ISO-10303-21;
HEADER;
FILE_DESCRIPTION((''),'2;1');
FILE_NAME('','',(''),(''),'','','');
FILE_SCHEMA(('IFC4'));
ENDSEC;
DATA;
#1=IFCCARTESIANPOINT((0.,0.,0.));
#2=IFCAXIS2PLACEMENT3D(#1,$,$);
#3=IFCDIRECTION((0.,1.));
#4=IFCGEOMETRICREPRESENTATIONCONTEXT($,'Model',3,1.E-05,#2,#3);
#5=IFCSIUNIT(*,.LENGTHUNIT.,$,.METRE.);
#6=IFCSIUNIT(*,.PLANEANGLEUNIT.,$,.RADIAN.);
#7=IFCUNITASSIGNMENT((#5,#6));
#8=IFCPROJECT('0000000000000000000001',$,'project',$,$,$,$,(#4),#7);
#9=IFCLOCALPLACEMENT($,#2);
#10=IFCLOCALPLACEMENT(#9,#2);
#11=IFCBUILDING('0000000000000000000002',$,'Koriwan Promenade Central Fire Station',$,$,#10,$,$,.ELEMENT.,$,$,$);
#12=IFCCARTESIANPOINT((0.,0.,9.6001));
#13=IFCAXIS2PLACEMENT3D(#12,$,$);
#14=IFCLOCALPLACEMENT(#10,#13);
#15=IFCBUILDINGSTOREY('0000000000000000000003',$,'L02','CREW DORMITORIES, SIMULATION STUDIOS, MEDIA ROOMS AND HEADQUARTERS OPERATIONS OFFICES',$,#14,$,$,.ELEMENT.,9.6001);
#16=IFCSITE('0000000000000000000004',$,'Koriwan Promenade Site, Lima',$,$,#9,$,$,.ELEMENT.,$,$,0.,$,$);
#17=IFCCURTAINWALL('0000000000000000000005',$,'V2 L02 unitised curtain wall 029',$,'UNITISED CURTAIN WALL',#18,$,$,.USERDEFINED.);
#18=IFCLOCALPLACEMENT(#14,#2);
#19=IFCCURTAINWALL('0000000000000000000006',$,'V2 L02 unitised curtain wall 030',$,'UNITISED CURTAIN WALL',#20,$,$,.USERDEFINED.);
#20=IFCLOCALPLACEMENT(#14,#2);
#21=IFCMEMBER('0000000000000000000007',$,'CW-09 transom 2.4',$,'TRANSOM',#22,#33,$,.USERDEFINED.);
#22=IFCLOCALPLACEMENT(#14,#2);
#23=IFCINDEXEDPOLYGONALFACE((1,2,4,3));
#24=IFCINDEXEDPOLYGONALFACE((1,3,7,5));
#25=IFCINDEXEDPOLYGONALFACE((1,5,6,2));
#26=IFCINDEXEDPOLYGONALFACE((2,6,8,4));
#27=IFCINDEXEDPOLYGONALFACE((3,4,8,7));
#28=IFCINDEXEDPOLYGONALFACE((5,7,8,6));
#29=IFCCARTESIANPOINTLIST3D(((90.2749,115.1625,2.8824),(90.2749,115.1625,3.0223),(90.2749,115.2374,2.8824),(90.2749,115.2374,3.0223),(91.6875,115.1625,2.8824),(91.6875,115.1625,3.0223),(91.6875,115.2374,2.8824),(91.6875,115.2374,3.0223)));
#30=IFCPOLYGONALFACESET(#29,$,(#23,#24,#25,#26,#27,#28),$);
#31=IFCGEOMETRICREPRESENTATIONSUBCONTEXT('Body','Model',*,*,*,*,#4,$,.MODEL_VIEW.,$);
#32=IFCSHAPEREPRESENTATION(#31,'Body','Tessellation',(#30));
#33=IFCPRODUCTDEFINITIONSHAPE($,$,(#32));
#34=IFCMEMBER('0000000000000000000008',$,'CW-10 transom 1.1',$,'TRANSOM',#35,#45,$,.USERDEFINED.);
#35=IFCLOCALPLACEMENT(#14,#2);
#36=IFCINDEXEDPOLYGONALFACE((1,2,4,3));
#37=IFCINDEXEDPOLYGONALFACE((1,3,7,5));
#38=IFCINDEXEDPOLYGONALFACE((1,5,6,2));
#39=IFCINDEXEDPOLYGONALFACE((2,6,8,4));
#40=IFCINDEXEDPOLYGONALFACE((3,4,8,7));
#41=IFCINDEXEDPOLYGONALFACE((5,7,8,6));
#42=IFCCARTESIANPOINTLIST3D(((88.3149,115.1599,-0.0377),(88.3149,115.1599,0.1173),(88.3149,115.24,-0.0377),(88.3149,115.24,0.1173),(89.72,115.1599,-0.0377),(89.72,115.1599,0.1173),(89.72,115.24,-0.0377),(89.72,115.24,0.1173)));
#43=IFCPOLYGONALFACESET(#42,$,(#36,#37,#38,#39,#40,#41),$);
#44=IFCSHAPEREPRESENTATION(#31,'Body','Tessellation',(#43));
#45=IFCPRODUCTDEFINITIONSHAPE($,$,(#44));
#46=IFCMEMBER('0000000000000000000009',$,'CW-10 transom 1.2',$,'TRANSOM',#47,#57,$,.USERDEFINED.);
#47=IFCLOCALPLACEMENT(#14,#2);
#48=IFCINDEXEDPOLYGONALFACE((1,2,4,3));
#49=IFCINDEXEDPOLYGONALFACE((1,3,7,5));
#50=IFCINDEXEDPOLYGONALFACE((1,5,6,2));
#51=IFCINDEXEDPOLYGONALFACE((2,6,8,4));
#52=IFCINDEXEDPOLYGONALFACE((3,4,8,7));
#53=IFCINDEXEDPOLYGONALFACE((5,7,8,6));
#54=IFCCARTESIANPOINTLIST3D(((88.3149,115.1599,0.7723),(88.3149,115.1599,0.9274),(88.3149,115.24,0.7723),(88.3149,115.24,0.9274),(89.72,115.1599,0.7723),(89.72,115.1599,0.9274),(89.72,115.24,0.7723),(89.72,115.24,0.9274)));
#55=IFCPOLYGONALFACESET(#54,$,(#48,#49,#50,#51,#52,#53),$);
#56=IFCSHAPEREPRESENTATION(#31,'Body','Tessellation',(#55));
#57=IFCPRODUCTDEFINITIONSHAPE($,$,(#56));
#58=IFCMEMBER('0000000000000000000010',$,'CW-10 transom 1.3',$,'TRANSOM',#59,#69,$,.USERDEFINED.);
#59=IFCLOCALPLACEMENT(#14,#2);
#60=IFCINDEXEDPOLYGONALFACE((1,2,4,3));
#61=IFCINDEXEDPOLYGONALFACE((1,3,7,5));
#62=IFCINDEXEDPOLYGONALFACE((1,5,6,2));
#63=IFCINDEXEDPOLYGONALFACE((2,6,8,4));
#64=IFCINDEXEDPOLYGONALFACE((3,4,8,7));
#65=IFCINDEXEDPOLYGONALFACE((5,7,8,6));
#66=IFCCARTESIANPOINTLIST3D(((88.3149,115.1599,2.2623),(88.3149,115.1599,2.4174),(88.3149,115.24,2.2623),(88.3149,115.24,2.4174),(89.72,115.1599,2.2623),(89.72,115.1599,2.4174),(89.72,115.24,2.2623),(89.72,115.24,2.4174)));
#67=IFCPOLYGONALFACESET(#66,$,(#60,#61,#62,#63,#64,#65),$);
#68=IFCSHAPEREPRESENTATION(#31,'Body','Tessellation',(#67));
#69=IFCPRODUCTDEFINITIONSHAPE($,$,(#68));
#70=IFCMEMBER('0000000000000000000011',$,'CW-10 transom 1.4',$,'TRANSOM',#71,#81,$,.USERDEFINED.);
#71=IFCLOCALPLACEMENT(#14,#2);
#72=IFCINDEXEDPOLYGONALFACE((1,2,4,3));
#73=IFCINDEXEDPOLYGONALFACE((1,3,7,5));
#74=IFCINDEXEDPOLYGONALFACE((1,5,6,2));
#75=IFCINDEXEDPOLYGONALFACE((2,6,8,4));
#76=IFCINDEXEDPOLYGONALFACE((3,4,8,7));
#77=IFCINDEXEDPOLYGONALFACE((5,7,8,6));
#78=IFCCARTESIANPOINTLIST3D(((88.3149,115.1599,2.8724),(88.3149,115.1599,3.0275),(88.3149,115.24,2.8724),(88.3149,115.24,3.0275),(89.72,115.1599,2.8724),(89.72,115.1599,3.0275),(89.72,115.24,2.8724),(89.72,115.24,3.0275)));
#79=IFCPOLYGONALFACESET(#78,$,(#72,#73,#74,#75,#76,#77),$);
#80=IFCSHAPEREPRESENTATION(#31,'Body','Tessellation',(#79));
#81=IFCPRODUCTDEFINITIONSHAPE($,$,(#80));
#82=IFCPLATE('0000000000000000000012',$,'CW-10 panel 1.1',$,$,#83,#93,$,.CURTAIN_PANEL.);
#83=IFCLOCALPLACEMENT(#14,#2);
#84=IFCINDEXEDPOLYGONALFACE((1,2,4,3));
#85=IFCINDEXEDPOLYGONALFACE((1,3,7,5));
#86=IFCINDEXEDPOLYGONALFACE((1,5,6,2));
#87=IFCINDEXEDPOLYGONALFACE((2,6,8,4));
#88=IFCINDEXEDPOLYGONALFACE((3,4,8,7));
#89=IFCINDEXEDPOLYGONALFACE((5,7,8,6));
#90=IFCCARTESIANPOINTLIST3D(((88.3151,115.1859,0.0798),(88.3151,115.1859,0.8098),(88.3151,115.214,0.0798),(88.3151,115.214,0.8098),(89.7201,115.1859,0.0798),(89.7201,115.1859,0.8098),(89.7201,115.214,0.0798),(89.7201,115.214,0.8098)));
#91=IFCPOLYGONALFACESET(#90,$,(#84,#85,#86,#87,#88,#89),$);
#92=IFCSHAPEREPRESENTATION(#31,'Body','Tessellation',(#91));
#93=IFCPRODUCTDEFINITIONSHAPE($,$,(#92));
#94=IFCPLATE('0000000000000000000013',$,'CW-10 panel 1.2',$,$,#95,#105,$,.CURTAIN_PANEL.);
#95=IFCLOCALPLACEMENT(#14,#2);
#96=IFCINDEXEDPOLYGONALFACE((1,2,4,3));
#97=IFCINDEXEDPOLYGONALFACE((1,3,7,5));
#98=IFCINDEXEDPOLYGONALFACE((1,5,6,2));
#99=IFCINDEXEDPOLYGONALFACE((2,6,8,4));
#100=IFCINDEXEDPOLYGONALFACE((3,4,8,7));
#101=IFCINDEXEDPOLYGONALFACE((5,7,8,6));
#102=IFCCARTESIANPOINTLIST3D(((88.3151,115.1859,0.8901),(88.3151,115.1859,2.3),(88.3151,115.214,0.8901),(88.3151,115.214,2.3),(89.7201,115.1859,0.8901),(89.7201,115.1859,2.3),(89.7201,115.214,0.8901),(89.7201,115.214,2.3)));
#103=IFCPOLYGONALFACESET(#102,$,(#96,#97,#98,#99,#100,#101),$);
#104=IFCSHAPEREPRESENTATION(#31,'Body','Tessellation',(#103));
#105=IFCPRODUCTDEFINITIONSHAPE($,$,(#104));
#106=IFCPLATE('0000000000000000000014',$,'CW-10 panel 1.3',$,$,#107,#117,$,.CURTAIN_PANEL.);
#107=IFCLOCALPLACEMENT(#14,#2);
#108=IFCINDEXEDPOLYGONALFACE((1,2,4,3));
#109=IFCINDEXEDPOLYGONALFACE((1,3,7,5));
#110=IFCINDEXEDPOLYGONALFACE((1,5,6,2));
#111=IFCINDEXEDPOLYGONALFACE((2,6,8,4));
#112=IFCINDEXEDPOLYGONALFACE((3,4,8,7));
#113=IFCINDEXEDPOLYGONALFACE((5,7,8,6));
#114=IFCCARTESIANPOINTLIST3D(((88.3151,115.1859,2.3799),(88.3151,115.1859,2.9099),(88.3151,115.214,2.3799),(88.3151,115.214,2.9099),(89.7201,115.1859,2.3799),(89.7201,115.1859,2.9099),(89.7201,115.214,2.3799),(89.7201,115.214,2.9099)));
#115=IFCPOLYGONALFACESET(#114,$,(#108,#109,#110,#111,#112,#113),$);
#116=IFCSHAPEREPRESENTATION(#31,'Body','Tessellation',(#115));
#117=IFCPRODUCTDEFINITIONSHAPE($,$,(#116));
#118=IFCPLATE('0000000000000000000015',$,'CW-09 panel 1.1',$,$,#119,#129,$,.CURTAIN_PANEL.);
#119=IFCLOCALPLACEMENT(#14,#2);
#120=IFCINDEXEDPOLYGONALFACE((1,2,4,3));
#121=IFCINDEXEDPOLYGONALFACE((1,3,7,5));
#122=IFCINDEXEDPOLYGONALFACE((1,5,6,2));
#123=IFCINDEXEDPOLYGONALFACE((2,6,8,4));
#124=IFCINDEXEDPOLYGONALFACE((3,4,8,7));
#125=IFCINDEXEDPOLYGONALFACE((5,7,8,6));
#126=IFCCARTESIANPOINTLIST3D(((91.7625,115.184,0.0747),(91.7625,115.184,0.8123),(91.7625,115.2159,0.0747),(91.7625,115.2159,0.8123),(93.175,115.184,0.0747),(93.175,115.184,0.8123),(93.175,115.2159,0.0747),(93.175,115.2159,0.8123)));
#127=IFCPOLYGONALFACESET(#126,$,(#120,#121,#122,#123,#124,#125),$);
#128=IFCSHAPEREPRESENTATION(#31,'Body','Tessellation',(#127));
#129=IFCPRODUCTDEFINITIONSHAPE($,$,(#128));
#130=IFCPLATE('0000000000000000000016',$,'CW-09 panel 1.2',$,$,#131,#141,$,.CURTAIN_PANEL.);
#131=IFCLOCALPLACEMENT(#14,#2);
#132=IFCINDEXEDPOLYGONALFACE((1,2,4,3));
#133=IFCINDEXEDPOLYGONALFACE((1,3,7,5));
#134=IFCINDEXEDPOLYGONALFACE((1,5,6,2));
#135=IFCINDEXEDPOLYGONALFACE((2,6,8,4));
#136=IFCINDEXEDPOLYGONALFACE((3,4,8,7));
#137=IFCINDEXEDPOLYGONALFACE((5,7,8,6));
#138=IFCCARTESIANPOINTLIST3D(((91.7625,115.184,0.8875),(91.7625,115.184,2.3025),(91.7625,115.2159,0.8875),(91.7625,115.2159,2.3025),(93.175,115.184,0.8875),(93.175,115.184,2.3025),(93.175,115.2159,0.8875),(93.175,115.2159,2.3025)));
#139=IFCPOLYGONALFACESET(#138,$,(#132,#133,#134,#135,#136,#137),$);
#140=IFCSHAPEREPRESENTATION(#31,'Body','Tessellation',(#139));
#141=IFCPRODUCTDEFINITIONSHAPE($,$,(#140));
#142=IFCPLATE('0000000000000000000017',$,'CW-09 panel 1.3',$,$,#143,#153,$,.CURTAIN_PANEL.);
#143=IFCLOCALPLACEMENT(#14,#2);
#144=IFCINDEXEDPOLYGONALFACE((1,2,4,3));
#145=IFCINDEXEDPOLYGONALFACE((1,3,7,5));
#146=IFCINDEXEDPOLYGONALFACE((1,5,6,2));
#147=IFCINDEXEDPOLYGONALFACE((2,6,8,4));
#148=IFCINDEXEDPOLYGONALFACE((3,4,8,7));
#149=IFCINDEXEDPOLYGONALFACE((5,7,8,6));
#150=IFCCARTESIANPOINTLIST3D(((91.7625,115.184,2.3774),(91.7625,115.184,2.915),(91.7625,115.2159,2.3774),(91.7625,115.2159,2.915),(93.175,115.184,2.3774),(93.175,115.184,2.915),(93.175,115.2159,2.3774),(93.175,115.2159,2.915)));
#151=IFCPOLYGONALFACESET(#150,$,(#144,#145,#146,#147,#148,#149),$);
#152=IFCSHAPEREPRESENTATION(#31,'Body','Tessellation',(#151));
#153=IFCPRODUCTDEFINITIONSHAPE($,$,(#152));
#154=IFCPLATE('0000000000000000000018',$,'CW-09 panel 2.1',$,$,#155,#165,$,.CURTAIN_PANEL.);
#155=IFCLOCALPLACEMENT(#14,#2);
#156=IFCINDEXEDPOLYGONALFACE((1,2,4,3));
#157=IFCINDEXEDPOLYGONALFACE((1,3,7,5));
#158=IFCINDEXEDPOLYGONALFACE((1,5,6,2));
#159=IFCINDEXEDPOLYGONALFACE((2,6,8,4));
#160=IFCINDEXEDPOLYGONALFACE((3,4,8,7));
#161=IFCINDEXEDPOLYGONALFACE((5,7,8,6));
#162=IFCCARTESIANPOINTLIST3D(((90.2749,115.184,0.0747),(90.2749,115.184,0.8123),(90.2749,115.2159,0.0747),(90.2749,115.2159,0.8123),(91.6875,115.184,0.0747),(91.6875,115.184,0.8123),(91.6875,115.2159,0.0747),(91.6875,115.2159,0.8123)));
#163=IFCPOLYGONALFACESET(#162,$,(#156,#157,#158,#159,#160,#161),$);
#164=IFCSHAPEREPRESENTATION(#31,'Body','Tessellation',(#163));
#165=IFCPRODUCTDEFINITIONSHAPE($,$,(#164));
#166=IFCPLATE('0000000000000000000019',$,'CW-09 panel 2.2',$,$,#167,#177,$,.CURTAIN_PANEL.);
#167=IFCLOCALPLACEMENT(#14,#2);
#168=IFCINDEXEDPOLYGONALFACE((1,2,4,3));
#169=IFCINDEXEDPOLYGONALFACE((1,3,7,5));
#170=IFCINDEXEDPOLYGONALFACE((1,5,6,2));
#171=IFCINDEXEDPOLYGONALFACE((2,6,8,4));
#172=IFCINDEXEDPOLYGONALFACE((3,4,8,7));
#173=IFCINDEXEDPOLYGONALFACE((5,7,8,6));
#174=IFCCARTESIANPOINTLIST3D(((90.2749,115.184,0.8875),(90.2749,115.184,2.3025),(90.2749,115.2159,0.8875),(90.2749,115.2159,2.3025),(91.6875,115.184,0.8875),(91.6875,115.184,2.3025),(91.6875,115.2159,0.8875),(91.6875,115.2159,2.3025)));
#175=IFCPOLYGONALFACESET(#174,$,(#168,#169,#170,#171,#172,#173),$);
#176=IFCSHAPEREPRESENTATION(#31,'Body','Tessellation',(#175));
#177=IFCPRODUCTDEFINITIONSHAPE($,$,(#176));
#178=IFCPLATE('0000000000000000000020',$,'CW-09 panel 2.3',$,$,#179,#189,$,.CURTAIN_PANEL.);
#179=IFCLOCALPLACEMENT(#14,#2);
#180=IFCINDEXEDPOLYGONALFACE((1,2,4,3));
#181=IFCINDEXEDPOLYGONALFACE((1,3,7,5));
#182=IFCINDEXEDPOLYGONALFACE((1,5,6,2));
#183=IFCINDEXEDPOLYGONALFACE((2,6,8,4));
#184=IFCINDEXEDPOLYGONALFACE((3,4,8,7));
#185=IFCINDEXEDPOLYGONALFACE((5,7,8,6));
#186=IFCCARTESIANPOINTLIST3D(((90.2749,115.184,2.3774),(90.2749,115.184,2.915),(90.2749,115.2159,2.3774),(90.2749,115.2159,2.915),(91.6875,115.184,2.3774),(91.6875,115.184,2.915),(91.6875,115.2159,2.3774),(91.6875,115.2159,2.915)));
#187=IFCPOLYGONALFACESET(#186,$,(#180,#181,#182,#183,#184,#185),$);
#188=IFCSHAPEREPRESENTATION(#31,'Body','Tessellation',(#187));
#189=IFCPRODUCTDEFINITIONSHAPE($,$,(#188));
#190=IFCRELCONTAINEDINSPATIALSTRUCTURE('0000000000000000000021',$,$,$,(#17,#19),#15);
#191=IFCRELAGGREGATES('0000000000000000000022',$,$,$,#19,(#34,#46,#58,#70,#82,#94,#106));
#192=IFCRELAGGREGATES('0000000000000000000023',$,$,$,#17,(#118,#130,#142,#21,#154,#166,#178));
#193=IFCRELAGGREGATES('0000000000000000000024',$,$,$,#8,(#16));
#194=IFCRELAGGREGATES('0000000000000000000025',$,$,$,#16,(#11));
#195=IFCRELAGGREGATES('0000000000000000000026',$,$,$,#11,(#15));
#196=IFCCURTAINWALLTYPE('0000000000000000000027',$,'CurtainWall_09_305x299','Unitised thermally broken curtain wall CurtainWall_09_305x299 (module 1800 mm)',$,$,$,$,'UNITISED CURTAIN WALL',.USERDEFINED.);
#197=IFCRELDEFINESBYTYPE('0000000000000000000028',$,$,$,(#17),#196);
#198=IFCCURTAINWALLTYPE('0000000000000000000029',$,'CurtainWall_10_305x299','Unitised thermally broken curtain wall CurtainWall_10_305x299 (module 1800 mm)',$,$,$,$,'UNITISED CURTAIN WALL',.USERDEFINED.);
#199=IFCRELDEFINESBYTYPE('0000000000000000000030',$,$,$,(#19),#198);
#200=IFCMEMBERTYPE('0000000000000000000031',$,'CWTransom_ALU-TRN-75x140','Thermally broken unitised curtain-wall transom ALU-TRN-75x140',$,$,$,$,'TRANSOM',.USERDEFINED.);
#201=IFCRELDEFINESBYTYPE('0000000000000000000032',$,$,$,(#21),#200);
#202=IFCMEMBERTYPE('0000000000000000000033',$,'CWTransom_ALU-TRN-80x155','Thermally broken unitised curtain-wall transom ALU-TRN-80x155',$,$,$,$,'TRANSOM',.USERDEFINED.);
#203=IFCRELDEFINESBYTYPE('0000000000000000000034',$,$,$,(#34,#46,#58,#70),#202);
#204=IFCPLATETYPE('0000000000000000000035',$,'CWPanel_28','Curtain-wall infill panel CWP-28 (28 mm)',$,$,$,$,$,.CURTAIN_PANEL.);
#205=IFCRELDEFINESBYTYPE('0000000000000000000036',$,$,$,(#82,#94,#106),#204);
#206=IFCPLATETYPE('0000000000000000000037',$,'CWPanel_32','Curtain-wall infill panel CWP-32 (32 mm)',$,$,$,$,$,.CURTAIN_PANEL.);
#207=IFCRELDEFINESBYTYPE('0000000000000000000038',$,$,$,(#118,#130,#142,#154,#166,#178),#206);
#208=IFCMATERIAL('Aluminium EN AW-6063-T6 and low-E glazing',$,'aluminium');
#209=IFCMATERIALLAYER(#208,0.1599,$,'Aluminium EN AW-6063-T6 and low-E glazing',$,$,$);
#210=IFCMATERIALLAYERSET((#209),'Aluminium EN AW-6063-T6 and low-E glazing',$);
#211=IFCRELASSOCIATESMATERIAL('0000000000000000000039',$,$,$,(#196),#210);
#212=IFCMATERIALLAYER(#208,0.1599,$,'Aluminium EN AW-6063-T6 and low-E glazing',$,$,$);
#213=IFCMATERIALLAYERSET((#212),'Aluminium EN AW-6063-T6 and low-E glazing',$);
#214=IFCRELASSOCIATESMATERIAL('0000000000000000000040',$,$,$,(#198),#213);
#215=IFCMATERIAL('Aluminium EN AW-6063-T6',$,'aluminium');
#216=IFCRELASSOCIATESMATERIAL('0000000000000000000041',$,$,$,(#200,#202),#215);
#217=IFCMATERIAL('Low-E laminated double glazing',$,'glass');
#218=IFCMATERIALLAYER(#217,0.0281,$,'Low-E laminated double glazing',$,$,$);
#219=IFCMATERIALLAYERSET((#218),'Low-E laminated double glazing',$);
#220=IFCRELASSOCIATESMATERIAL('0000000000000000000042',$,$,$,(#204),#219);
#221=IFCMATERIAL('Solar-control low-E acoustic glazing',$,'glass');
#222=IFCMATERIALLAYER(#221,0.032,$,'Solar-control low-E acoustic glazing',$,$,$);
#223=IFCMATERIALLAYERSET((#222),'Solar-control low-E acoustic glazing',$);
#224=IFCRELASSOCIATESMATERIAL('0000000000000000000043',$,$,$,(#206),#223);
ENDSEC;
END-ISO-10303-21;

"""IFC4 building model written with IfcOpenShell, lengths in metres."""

from ifc_helpers import new_model, si_unit, direction, frame, origin, origin_2d, place, context, subcontext, project, spatial, rectangle, extrude, material, layer, layer_set, material_profile, profile_set, type_object, element, aggregate, save


model = new_model("IFC4")

# Units and contexts
model_context = context("Model", 3, precision=1e-05, world=origin(), true_north=direction((0.0, 1.0)))
body_context = subcontext(model_context, "Body", "Model", "MODEL_VIEW")
ifc_project = project(units=[si_unit("LENGTHUNIT", "METRE"), si_unit("PLANEANGLEUNIT", "RADIAN")], contexts=[model_context])

# Site, building, storey
site_placement = place(None, origin())
site = spatial("IfcSite", under=ifc_project, at=site_placement, Name="Koriwan Promenade Site, Lima", CompositionType="ELEMENT", RefElevation=0.0)
building_placement = place(site_placement, origin())
building = spatial("IfcBuilding", under=site, at=building_placement, Name="Koriwan Promenade Central Fire Station", CompositionType="ELEMENT")
storey_placement = place(building_placement, frame((0.0, 0.0, 9.6001)))
storey = spatial("IfcBuildingStorey", under=building, at=storey_placement, Name="L02", Description="CREW DORMITORIES, SIMULATION STUDIOS, MEDIA ROOMS AND HEADQUARTERS OPERATIONS OFFICES", CompositionType="ELEMENT", Elevation=9.6001)

# Curtain walls
ifc_material_1 = material(Name="Aluminium EN AW-6063-T6 and low-E glazing", Category="aluminium")
ifc_layer_1 = layer(ifc_material_1, 0.1599, Name="Aluminium EN AW-6063-T6 and low-E glazing")
ifc_layer_set_1 = layer_set([ifc_layer_1], Name="Aluminium EN AW-6063-T6 and low-E glazing")
curtain_wall_type_1 = type_object("IfcCurtainWallType", Name="CurtainWall_09_305x299", Description="Unitised thermally broken curtain wall CurtainWall_09_305x299 (module 1800 mm)", ElementType="UNITISED CURTAIN WALL", PredefinedType="USERDEFINED", material=ifc_layer_set_1)
curtain_wall_1_placement = place(storey_placement, origin())
curtain_wall_1 = element("IfcCurtainWall", 1, at=curtain_wall_1_placement, inside=storey, type_object=curtain_wall_type_1, Name="V2 L02 unitised curtain wall 029", ObjectType="UNITISED CURTAIN WALL", PredefinedType="USERDEFINED")
ifc_material_2 = material(Name="Aluminium EN AW-6063-T6", Category="aluminium")
ifc_layer_2 = layer(ifc_material_1, 0.1599, Name="Aluminium EN AW-6063-T6 and low-E glazing")
ifc_layer_set_2 = layer_set([ifc_layer_2], Name="Aluminium EN AW-6063-T6 and low-E glazing")
curtain_wall_type_2 = type_object("IfcCurtainWallType", Name="CurtainWall_10_305x299", Description="Unitised thermally broken curtain wall CurtainWall_10_305x299 (module 1800 mm)", ElementType="UNITISED CURTAIN WALL", PredefinedType="USERDEFINED", material=ifc_layer_set_2)
curtain_wall_2_placement = place(storey_placement, origin())
curtain_wall_2 = element("IfcCurtainWall", 2, at=curtain_wall_2_placement, inside=storey, type_object=curtain_wall_type_2, Name="V2 L02 unitised curtain wall 030", ObjectType="UNITISED CURTAIN WALL", PredefinedType="USERDEFINED")

# Members
ifc_material_profile_1 = material_profile(ifc_material_2, rectangle(XDim=0.075, YDim=0.1399, at=origin_2d()), Name="ALU-TRN-75x140")
ifc_profile_set_1 = profile_set([ifc_material_profile_1], Name="Aluminium EN AW-6063-T6")
member_type_1 = type_object("IfcMemberType", Name="CWTransom_ALU-TRN-75x140", Description="Thermally broken unitised curtain-wall transom ALU-TRN-75x140", ElementType="TRANSOM", PredefinedType="USERDEFINED", material=ifc_profile_set_1)
member_1_placement = place(storey_placement, frame((91.6875, 115.2, 2.9524), z_axis=(-1.0, 0.0, 0.0), x_axis=(0.0, -1.0, 0.0)))
member_1 = element("IfcMember", 3, at=member_1_placement, type_object=member_type_1, Name="CW-09 transom 2.4", ObjectType="TRANSOM", PredefinedType="USERDEFINED", context=body_context, shape_type="SweptSolid", body=[
    extrude(rectangle(XDim=0.075, YDim=0.1399, at=origin_2d()), origin(), (0.0, 0.0, 1.0), 1.4126),
])
ifc_material_profile_2 = material_profile(ifc_material_2, rectangle(XDim=0.0801, YDim=0.155, at=origin_2d()), Name="ALU-TRN-80x155")
ifc_profile_set_2 = profile_set([ifc_material_profile_2], Name="Aluminium EN AW-6063-T6")
member_type_2 = type_object("IfcMemberType", Name="CWTransom_ALU-TRN-80x155", Description="Thermally broken unitised curtain-wall transom ALU-TRN-80x155", ElementType="TRANSOM", PredefinedType="USERDEFINED", material=ifc_profile_set_2)
member_2_placement = place(storey_placement, frame((89.72, 115.2, 0.0398), z_axis=(-1.0, 0.0, 0.0), x_axis=(0.0, -1.0, 0.0)))
member_2 = element("IfcMember", 4, at=member_2_placement, type_object=member_type_2, Name="CW-10 transom 1.1", ObjectType="TRANSOM", PredefinedType="USERDEFINED", context=body_context, shape_type="SweptSolid", body=[
    extrude(rectangle(XDim=0.0801, YDim=0.155, at=origin_2d()), origin(), (0.0, 0.0, 1.0), 1.405),
])
member_3_placement = place(storey_placement, frame((89.72, 115.2, 0.8499), z_axis=(-1.0, 0.0, 0.0), x_axis=(0.0, -1.0, 0.0)))
member_3 = element("IfcMember", 5, at=member_3_placement, type_object=member_type_2, Name="CW-10 transom 1.2", ObjectType="TRANSOM", PredefinedType="USERDEFINED", context=body_context, shape_type="SweptSolid", body=[
    extrude(rectangle(XDim=0.0801, YDim=0.155, at=origin_2d()), origin(), (0.0, 0.0, 1.0), 1.405),
])
member_4_placement = place(storey_placement, frame((89.72, 115.2, 2.3398), z_axis=(-1.0, 0.0, 0.0), x_axis=(0.0, -1.0, 0.0)))
member_4 = element("IfcMember", 6, at=member_4_placement, type_object=member_type_2, Name="CW-10 transom 1.3", ObjectType="TRANSOM", PredefinedType="USERDEFINED", context=body_context, shape_type="SweptSolid", body=[
    extrude(rectangle(XDim=0.0801, YDim=0.155, at=origin_2d()), origin(), (0.0, 0.0, 1.0), 1.405),
])
member_5_placement = place(storey_placement, frame((89.72, 115.2, 2.95), z_axis=(-1.0, 0.0, 0.0), x_axis=(0.0, -1.0, 0.0)))
member_5 = element("IfcMember", 7, at=member_5_placement, type_object=member_type_2, Name="CW-10 transom 1.4", ObjectType="TRANSOM", PredefinedType="USERDEFINED", context=body_context, shape_type="SweptSolid", body=[
    extrude(rectangle(XDim=0.0801, YDim=0.155, at=origin_2d()), origin(), (0.0, 0.0, 1.0), 1.405),
])

# Plates
ifc_material_3 = material(Name="Low-E laminated double glazing", Category="glass")
ifc_layer_3 = layer(ifc_material_3, 0.0281, Name="Low-E laminated double glazing")
ifc_layer_set_3 = layer_set([ifc_layer_3], Name="Low-E laminated double glazing")
plate_type_1 = type_object("IfcPlateType", Name="CWPanel_28", Description="Curtain-wall infill panel CWP-28 (28 mm)", PredefinedType="CURTAIN_PANEL", material=ifc_layer_set_3)
plate_1_placement = place(storey_placement, frame((89.0176, 115.2, 0.0798), z_axis=(0.0, 0.0, 1.0), x_axis=(-1.0, 0.0, 0.0)))
plate_1 = element("IfcPlate", 8, at=plate_1_placement, type_object=plate_type_1, Name="CW-10 panel 1.1", PredefinedType="CURTAIN_PANEL", context=body_context, shape_type="SweptSolid", body=[
    extrude(rectangle(XDim=1.405, YDim=0.0281, at=origin_2d()), origin(), (0.0, 0.0, 1.0), 0.73),
])
plate_2_placement = place(storey_placement, frame((89.0176, 115.2, 0.8901), z_axis=(0.0, 0.0, 1.0), x_axis=(-1.0, 0.0, 0.0)))
plate_2 = element("IfcPlate", 9, at=plate_2_placement, type_object=plate_type_1, Name="CW-10 panel 1.2", PredefinedType="CURTAIN_PANEL", context=body_context, shape_type="SweptSolid", body=[
    extrude(rectangle(XDim=1.405, YDim=0.0281, at=origin_2d()), origin(), (0.0, 0.0, 1.0), 1.4099),
])
plate_3_placement = place(storey_placement, frame((89.0176, 115.2, 2.3799), z_axis=(0.0, 0.0, 1.0), x_axis=(-1.0, 0.0, 0.0)))
plate_3 = element("IfcPlate", 10, at=plate_3_placement, type_object=plate_type_1, Name="CW-10 panel 1.3", PredefinedType="CURTAIN_PANEL", context=body_context, shape_type="SweptSolid", body=[
    extrude(rectangle(XDim=1.405, YDim=0.0281, at=origin_2d()), origin(), (0.0, 0.0, 1.0), 0.53),
])
aggregate(curtain_wall_2, [member_2, member_3, member_4, member_5, plate_1, plate_2, plate_3])
ifc_material_4 = material(Name="Solar-control low-E acoustic glazing", Category="glass")
ifc_layer_4 = layer(ifc_material_4, 0.032, Name="Solar-control low-E acoustic glazing")
ifc_layer_set_4 = layer_set([ifc_layer_4], Name="Solar-control low-E acoustic glazing")
plate_type_2 = type_object("IfcPlateType", Name="CWPanel_32", Description="Curtain-wall infill panel CWP-32 (32 mm)", PredefinedType="CURTAIN_PANEL", material=ifc_layer_set_4)
plate_4_placement = place(storey_placement, frame((92.4688, 115.2, 0.0747), z_axis=(0.0, 0.0, 1.0), x_axis=(-1.0, 0.0, 0.0)))
plate_4 = element("IfcPlate", 11, at=plate_4_placement, type_object=plate_type_2, Name="CW-09 panel 1.1", PredefinedType="CURTAIN_PANEL", context=body_context, shape_type="SweptSolid", body=[
    extrude(rectangle(XDim=1.4126, YDim=0.032, at=origin_2d()), origin(), (0.0, 0.0, 1.0), 0.7375),
])
plate_5_placement = place(storey_placement, frame((92.4688, 115.2, 0.8875), z_axis=(0.0, 0.0, 1.0), x_axis=(-1.0, 0.0, 0.0)))
plate_5 = element("IfcPlate", 12, at=plate_5_placement, type_object=plate_type_2, Name="CW-09 panel 1.2", PredefinedType="CURTAIN_PANEL", context=body_context, shape_type="SweptSolid", body=[
    extrude(rectangle(XDim=1.4126, YDim=0.032, at=origin_2d()), origin(), (0.0, 0.0, 1.0), 1.415),
])
plate_6_placement = place(storey_placement, frame((92.4688, 115.2, 2.3774), z_axis=(0.0, 0.0, 1.0), x_axis=(-1.0, 0.0, 0.0)))
plate_6 = element("IfcPlate", 13, at=plate_6_placement, type_object=plate_type_2, Name="CW-09 panel 1.3", PredefinedType="CURTAIN_PANEL", context=body_context, shape_type="SweptSolid", body=[
    extrude(rectangle(XDim=1.4126, YDim=0.032, at=origin_2d()), origin(), (0.0, 0.0, 1.0), 0.5376),
])
plate_7_placement = place(storey_placement, frame((90.9812, 115.2, 0.0747), z_axis=(0.0, 0.0, 1.0), x_axis=(-1.0, 0.0, 0.0)))
plate_7 = element("IfcPlate", 14, at=plate_7_placement, type_object=plate_type_2, Name="CW-09 panel 2.1", PredefinedType="CURTAIN_PANEL", context=body_context, shape_type="SweptSolid", body=[
    extrude(rectangle(XDim=1.4126, YDim=0.032, at=origin_2d()), origin(), (0.0, 0.0, 1.0), 0.7375),
])
plate_8_placement = place(storey_placement, frame((90.9812, 115.2, 0.8875), z_axis=(0.0, 0.0, 1.0), x_axis=(-1.0, 0.0, 0.0)))
plate_8 = element("IfcPlate", 15, at=plate_8_placement, type_object=plate_type_2, Name="CW-09 panel 2.2", PredefinedType="CURTAIN_PANEL", context=body_context, shape_type="SweptSolid", body=[
    extrude(rectangle(XDim=1.4126, YDim=0.032, at=origin_2d()), origin(), (0.0, 0.0, 1.0), 1.415),
])
plate_9_placement = place(storey_placement, frame((90.9812, 115.2, 2.3774), z_axis=(0.0, 0.0, 1.0), x_axis=(-1.0, 0.0, 0.0)))
plate_9 = element("IfcPlate", 16, at=plate_9_placement, type_object=plate_type_2, Name="CW-09 panel 2.3", PredefinedType="CURTAIN_PANEL", context=body_context, shape_type="SweptSolid", body=[
    extrude(rectangle(XDim=1.4126, YDim=0.032, at=origin_2d()), origin(), (0.0, 0.0, 1.0), 0.5376),
])
aggregate(curtain_wall_1, [plate_4, plate_5, plate_6, member_1, plate_7, plate_8, plate_9])

save(model, "model.ifc")
